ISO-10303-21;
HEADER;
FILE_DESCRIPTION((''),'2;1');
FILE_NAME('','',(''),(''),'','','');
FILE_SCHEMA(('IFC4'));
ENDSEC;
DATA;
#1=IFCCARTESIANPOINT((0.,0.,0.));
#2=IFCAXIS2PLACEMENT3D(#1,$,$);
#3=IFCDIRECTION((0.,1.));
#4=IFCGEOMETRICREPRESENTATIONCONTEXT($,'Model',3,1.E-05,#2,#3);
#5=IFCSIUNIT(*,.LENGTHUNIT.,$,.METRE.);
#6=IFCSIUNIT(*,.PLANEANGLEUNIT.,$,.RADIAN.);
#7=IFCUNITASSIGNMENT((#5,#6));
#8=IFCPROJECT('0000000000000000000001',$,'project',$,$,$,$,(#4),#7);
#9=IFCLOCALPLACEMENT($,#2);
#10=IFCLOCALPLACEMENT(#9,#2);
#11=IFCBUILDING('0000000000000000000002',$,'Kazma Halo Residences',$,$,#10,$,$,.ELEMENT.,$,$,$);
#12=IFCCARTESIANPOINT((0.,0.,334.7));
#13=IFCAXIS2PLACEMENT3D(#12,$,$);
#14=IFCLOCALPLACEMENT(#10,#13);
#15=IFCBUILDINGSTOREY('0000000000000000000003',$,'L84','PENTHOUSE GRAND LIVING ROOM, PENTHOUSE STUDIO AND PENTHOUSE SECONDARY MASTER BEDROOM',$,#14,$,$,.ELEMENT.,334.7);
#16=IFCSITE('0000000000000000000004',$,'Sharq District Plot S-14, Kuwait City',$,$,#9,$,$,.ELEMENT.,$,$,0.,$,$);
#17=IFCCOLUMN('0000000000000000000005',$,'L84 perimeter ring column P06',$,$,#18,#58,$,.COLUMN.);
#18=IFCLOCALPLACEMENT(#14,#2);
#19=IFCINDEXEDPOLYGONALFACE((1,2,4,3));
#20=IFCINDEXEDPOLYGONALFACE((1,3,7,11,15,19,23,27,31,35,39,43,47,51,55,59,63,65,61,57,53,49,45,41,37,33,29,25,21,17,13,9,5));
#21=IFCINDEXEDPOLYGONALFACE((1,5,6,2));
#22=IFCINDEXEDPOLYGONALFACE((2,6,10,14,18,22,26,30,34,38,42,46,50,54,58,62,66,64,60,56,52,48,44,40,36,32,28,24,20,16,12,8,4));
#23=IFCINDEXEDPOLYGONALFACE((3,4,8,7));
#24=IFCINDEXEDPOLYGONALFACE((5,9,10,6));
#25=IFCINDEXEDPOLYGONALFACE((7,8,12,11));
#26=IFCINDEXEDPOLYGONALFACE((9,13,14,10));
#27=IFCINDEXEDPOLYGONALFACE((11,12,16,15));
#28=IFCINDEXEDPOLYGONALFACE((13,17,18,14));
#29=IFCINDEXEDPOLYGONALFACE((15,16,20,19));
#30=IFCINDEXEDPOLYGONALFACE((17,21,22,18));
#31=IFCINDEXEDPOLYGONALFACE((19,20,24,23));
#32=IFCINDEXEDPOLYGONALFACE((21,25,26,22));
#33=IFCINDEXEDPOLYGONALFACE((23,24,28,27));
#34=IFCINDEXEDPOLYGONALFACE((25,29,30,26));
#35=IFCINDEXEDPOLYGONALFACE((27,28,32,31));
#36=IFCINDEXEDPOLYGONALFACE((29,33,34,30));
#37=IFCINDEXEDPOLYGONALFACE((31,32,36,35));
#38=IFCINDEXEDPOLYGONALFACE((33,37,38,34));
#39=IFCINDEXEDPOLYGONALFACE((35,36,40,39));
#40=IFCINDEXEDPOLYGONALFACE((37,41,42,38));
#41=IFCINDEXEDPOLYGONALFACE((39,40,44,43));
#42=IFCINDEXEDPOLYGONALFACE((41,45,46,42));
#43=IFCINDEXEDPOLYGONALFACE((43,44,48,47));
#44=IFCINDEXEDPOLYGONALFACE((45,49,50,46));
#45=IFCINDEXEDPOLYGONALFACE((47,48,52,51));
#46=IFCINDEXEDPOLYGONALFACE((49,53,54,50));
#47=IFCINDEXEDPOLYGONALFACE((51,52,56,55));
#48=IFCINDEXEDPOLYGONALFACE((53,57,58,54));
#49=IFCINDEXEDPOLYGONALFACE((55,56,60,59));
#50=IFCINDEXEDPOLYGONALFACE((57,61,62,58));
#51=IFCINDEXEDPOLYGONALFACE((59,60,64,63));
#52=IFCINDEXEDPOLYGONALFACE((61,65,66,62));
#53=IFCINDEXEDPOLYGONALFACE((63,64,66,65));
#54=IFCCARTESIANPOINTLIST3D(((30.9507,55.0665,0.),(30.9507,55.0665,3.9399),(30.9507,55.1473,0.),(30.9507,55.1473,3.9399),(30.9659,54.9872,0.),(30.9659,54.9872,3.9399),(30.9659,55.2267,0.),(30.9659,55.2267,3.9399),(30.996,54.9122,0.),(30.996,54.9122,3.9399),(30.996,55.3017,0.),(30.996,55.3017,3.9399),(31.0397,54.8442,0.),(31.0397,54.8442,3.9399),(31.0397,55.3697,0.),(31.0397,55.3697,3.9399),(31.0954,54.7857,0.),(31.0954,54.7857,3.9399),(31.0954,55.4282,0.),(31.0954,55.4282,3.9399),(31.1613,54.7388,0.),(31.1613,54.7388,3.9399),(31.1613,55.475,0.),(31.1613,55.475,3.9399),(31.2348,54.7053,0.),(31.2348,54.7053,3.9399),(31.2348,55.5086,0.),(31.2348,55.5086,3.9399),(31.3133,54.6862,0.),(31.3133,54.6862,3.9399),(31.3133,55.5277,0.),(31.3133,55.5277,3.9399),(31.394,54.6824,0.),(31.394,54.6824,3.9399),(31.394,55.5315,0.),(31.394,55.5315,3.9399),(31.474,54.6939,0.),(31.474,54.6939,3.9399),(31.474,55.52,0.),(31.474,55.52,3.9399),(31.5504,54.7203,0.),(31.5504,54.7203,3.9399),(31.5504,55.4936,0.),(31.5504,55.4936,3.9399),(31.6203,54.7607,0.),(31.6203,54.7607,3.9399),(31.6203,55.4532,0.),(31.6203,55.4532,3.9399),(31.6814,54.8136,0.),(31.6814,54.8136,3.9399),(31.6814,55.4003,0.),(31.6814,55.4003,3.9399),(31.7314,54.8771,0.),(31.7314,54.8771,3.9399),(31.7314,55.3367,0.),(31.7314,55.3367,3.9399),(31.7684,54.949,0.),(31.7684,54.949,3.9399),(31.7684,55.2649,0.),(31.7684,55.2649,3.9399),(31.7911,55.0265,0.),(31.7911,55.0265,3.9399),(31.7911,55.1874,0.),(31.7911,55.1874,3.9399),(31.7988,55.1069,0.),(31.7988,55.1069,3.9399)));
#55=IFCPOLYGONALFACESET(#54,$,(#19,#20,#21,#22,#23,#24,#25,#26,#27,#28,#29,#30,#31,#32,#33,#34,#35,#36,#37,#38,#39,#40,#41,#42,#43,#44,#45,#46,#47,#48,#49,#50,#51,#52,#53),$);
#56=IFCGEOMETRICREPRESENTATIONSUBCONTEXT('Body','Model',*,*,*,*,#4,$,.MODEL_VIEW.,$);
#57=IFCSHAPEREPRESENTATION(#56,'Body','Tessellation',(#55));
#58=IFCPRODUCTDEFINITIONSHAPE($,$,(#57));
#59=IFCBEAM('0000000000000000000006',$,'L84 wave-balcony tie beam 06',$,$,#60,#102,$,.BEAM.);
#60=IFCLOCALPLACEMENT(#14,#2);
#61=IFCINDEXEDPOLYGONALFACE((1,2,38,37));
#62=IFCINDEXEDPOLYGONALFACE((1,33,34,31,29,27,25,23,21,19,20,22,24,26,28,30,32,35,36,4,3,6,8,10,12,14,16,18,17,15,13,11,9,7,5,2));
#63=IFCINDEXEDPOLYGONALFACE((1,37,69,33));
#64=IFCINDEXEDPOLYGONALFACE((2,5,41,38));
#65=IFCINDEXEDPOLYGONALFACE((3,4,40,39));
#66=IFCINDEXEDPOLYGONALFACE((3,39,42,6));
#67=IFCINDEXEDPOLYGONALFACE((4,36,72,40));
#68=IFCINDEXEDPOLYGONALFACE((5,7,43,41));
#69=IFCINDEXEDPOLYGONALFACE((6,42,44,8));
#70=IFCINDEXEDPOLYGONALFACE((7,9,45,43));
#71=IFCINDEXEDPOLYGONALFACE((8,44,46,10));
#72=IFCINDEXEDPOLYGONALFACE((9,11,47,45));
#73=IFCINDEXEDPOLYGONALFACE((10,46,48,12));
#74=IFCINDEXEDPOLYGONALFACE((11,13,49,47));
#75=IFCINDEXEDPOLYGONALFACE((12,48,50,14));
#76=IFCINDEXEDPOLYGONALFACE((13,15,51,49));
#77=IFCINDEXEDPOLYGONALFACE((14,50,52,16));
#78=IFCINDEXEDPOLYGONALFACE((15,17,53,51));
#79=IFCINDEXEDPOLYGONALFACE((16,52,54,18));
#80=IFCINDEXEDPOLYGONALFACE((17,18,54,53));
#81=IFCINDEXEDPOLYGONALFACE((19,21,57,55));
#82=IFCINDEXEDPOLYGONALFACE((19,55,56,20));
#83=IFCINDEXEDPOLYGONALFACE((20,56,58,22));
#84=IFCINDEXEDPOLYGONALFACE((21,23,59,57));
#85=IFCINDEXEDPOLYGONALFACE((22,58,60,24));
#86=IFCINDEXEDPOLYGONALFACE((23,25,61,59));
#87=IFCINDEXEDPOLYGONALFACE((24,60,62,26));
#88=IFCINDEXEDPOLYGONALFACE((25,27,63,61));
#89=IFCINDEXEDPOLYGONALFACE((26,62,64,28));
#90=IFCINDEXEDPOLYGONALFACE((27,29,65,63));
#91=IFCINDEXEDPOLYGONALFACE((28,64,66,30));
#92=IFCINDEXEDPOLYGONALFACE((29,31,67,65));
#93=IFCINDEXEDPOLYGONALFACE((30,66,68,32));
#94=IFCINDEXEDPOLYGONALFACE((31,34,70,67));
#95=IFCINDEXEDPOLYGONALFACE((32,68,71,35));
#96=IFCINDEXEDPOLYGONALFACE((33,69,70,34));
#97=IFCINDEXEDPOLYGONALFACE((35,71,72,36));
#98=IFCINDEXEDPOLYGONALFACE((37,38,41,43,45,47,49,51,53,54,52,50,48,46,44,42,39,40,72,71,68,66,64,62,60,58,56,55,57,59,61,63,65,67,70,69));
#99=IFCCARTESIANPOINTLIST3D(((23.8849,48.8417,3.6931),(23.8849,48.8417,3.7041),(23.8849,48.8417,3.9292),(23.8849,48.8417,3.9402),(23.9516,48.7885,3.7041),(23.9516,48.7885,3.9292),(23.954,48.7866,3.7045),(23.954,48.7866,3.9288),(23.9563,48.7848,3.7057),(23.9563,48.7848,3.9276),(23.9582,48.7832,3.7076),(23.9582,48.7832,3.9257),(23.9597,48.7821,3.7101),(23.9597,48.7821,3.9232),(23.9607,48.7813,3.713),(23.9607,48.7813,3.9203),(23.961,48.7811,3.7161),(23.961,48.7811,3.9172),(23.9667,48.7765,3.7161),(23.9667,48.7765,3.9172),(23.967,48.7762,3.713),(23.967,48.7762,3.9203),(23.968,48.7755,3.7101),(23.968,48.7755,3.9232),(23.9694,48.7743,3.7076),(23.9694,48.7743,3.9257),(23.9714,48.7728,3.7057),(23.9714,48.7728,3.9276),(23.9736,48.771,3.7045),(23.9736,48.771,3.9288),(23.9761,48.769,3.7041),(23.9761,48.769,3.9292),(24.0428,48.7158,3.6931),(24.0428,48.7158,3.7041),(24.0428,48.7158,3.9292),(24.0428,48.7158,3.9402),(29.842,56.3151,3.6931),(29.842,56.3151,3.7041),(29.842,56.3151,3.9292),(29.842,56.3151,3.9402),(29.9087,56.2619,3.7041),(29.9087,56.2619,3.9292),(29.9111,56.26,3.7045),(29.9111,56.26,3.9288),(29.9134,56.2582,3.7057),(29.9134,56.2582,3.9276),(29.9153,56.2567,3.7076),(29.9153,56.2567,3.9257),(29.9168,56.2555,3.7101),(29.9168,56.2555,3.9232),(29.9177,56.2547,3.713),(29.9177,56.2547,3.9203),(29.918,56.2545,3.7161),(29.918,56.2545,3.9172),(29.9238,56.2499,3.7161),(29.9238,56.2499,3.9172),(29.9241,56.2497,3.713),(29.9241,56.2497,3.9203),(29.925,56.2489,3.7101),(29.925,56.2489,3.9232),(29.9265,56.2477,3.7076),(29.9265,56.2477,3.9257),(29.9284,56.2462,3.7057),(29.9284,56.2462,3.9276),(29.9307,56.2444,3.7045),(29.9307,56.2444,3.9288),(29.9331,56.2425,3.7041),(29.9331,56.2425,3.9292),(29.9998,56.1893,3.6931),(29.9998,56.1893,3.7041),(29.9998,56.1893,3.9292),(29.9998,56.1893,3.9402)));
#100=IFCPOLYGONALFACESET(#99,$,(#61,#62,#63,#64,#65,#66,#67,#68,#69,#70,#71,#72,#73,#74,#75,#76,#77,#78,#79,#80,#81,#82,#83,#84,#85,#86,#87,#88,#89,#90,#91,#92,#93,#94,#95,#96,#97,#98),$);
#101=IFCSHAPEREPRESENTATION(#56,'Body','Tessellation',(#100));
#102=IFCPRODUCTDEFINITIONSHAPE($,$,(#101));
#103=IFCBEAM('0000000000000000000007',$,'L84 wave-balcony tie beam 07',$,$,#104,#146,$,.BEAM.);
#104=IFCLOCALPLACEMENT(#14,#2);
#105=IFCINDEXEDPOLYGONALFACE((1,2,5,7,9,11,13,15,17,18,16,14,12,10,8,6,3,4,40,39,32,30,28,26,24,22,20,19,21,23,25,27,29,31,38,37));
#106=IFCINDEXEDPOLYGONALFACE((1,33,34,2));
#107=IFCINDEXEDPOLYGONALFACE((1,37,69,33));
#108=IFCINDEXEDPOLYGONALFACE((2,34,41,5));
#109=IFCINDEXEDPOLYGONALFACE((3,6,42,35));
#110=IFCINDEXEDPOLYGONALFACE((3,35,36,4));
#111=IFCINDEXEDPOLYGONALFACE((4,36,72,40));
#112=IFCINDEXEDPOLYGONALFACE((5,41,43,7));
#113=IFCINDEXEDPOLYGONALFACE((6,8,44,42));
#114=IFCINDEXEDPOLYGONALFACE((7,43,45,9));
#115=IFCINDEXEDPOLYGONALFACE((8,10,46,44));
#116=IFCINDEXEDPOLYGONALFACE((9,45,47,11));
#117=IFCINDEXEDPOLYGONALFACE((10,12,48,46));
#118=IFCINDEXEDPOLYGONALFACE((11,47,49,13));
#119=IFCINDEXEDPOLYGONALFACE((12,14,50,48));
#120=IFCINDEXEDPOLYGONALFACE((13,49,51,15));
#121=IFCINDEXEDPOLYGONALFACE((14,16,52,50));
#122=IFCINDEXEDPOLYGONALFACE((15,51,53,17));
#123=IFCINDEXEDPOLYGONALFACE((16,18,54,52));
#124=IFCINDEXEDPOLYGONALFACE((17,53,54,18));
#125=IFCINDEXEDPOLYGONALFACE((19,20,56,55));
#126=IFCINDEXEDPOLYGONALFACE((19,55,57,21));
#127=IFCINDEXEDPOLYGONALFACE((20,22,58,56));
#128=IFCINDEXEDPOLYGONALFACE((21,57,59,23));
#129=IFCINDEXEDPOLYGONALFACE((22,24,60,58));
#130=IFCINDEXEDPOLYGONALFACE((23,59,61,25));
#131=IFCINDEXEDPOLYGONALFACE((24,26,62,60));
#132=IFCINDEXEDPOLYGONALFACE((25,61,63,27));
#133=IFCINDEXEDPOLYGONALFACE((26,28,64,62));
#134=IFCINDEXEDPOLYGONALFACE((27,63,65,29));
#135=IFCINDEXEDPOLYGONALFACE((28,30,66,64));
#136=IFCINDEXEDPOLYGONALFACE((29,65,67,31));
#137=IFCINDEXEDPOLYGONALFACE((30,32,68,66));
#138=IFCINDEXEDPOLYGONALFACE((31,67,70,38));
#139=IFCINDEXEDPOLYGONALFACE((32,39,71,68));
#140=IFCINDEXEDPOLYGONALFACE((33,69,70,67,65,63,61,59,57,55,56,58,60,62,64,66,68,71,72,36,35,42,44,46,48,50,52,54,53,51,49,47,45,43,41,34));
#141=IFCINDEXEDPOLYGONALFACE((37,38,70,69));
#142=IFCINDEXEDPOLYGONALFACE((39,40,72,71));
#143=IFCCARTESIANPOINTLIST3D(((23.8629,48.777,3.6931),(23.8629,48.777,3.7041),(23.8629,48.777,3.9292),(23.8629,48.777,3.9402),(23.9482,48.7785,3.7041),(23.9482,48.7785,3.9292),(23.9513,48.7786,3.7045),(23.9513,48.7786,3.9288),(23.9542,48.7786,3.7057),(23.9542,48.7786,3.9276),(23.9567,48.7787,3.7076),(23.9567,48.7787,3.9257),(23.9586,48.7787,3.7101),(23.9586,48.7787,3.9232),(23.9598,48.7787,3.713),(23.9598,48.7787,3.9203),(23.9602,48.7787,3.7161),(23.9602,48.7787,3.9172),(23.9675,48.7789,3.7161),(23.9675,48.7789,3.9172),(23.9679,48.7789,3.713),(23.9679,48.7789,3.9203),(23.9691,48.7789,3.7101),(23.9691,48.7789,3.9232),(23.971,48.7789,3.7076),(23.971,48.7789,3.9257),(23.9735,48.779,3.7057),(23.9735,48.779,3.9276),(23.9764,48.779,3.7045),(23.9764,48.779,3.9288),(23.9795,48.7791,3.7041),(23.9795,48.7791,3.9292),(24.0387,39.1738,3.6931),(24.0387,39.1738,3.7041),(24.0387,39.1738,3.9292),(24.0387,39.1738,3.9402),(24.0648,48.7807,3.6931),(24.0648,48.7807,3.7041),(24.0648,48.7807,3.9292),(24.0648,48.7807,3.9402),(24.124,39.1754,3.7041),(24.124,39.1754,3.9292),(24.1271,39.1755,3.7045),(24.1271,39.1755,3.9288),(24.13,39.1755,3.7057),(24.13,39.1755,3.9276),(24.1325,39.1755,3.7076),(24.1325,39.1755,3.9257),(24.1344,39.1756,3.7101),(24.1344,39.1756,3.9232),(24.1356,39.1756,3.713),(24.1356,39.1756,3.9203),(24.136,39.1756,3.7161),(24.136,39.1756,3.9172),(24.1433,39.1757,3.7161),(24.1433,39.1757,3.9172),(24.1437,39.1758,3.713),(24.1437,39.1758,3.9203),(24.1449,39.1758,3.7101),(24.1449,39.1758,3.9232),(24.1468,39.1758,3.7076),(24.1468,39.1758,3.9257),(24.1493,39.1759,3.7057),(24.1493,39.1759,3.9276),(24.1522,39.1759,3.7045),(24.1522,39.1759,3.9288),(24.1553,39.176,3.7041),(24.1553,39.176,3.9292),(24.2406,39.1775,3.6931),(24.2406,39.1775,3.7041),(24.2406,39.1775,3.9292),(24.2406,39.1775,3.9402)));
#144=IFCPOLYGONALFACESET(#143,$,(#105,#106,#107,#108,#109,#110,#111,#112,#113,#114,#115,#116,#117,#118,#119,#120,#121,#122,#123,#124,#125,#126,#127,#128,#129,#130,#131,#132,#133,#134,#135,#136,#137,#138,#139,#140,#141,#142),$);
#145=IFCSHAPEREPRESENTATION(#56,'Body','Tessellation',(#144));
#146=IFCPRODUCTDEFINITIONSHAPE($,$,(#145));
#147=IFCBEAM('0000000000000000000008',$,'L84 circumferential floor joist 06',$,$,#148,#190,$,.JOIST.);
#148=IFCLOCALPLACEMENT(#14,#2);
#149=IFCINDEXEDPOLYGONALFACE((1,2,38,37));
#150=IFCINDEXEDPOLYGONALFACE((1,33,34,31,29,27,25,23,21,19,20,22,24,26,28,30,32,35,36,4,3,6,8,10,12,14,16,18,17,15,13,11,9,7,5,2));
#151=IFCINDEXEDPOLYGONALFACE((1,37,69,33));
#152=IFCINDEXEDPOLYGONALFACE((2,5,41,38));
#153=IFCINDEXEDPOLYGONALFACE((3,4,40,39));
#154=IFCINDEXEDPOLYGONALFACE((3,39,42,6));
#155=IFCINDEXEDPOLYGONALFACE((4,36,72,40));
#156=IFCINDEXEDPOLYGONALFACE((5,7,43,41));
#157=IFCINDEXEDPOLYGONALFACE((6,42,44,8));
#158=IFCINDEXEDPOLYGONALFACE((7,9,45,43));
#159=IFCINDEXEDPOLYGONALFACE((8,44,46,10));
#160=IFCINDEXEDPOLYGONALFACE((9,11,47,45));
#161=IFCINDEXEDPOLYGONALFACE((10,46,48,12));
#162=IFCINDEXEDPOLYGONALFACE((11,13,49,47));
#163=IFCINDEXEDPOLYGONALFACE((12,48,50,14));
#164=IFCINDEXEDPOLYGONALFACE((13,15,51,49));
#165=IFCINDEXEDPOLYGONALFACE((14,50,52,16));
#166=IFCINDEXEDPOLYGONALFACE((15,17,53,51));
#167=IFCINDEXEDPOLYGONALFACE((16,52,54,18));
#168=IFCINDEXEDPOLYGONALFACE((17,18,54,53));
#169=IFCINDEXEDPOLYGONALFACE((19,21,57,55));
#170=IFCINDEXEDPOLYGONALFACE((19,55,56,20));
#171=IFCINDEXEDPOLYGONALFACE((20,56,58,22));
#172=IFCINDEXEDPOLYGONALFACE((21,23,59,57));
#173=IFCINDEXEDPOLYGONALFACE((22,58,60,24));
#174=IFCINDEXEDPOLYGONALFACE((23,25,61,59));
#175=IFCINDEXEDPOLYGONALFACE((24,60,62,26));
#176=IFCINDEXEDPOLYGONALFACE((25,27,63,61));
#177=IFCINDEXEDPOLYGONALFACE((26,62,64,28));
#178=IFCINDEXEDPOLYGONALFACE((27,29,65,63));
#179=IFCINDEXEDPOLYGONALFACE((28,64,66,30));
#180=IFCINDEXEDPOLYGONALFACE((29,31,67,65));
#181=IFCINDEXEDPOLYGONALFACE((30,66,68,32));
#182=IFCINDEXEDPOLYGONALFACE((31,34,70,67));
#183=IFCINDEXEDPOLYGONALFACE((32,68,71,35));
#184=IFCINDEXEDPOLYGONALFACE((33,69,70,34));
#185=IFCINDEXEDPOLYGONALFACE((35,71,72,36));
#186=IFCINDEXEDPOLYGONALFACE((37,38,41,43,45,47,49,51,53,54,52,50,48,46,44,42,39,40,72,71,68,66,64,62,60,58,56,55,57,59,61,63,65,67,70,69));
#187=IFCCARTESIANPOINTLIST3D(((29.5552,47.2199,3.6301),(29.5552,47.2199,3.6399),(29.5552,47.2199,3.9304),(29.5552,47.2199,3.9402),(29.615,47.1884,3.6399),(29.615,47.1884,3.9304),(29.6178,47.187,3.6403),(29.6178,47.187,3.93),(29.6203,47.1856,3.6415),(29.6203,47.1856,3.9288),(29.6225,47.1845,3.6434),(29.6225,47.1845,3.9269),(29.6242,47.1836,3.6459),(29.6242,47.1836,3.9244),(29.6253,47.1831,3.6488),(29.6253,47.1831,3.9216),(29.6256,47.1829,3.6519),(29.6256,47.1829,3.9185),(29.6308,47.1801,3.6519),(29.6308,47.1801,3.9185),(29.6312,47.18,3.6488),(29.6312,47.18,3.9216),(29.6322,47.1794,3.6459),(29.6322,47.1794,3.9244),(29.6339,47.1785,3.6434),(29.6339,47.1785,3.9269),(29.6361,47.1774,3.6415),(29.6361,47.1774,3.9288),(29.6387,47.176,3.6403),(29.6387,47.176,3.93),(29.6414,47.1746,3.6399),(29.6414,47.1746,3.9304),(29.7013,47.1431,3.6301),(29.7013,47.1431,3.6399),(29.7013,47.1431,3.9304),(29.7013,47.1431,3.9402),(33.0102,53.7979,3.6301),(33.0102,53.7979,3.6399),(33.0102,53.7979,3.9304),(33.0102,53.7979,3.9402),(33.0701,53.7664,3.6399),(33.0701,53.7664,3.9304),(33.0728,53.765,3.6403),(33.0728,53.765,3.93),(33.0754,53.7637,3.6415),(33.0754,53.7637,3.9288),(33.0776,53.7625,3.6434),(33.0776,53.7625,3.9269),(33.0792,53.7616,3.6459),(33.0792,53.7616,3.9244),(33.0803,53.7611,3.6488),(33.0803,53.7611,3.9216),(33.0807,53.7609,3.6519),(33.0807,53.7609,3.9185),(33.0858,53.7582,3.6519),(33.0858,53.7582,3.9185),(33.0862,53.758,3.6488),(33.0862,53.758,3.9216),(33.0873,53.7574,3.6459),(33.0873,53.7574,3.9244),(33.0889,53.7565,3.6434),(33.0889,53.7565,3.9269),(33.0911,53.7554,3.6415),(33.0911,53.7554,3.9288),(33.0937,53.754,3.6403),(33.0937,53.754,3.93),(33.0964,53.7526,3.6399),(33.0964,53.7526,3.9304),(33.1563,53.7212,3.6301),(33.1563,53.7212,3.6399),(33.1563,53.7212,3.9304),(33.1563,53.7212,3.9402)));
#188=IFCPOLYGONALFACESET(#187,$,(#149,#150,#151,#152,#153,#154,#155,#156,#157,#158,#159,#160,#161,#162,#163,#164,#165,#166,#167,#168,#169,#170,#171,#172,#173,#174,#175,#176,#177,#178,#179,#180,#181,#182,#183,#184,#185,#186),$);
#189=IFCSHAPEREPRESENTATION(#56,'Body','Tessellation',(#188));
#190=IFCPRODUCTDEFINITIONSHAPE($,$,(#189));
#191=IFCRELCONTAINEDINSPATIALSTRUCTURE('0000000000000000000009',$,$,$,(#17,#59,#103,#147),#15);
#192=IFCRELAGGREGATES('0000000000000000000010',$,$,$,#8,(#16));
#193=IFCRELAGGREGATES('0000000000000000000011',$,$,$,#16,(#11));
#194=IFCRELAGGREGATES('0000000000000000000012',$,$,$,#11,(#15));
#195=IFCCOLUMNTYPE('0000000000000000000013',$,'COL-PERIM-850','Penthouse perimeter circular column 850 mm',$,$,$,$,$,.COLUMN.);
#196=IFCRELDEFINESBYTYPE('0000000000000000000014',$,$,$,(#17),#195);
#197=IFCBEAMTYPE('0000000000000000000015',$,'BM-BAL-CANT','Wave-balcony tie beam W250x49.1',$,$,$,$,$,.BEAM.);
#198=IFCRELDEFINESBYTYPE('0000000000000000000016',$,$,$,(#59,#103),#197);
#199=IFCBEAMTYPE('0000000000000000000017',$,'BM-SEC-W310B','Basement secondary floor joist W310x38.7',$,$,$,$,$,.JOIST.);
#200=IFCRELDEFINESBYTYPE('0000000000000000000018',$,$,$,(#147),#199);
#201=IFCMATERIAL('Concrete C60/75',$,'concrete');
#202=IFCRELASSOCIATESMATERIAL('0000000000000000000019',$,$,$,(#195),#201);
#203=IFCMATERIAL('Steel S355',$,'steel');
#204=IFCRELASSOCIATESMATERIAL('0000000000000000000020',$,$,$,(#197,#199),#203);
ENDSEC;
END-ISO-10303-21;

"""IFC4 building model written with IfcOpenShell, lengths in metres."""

from ifc_helpers import new_model, si_unit, direction, frame, origin, origin_2d, place, context, subcontext, project, spatial, circle, i_section, extrude, material, material_profile, profile_set, type_object, element, save


model = new_model("IFC4")

# Units and contexts
model_context = context("Model", 3, precision=1e-05, world=origin(), true_north=direction((0.0, 1.0)))
body_context = subcontext(model_context, "Body", "Model", "MODEL_VIEW")
ifc_project = project(units=[si_unit("LENGTHUNIT", "METRE"), si_unit("PLANEANGLEUNIT", "RADIAN")], contexts=[model_context])

# Site, building, storey
site_placement = place(None, origin())
site = spatial("IfcSite", under=ifc_project, at=site_placement, Name="Sharq District Plot S-14, Kuwait City", CompositionType="ELEMENT", RefElevation=0.0)
building_placement = place(site_placement, origin())
building = spatial("IfcBuilding", under=site, at=building_placement, Name="Kazma Halo Residences", CompositionType="ELEMENT")
storey_placement = place(building_placement, frame((0.0, 0.0, 334.7)))
storey = spatial("IfcBuildingStorey", under=building, at=storey_placement, Name="L84", Description="PENTHOUSE GRAND LIVING ROOM, PENTHOUSE STUDIO AND PENTHOUSE SECONDARY MASTER BEDROOM", CompositionType="ELEMENT", Elevation=334.7)

# Column
ifc_material_1 = material(Name="Concrete C60/75", Category="concrete")
ifc_material_profile_1 = material_profile(ifc_material_1, circle(Radius=0.425, at=origin_2d()), Name="CIRC850")
ifc_profile_set_1 = profile_set([ifc_material_profile_1], Name="Concrete C60/75")
column_type = type_object("IfcColumnType", Name="COL-PERIM-850", Description="Penthouse perimeter circular column 850 mm", PredefinedType="COLUMN", material=ifc_profile_set_1)
column_placement = place(storey_placement, frame((31.3738, 55.1069, 0.0), z_axis=(0.0, 0.0, 1.0), x_axis=(1.0, 0.0, 0.0)))
element("IfcColumn", 1, at=column_placement, inside=storey, type_object=column_type, Name="L84 perimeter ring column P06", PredefinedType="COLUMN", context=body_context, shape_type="SweptSolid", body=[
    extrude(circle(Radius=0.425, at=origin_2d()), origin(), (0.0, 0.0, 1.0), 3.9399),
])

# Beams
ifc_material_2 = material(Name="Steel S355", Category="steel")
ifc_material_profile_2 = material_profile(ifc_material_2, i_section(OverallWidth=0.2019, OverallDepth=0.2471, WebThickness=0.0073, FlangeThickness=0.011, FilletRadius=0.012, at=origin_2d()), Name="W250x49.1")
ifc_profile_set_2 = profile_set([ifc_material_profile_2], Name="Steel S355")
beam_type_1 = type_object("IfcBeamType", Name="BM-BAL-CANT", Description="Wave-balcony tie beam W250x49.1", PredefinedType="BEAM", material=ifc_profile_set_2)
beam_1_placement = place(storey_placement, frame((29.9209, 56.2522, 3.8167), z_axis=(-0.623311, -0.781974, 0.0), x_axis=(0.781974, -0.623311, 0.0)))
element("IfcBeam", 2, at=beam_1_placement, inside=storey, type_object=beam_type_1, Name="L84 wave-balcony tie beam 06", PredefinedType="BEAM", context=body_context, shape_type="SweptSolid", body=[
    extrude(i_section(OverallWidth=0.2019, OverallDepth=0.2471, WebThickness=0.0073, FlangeThickness=0.011, FilletRadius=0.012, at=origin_2d()), origin(), (0.0, 0.0, 1.0), 9.5571),
])
beam_2_placement = place(storey_placement, frame((23.9639, 48.7788, 3.8167), z_axis=(0.018302, -0.999833, 0.0), x_axis=(0.999833, 0.018302, 0.0)))
element("IfcBeam", 3, at=beam_2_placement, inside=storey, type_object=beam_type_1, Name="L84 wave-balcony tie beam 07", PredefinedType="BEAM", context=body_context, shape_type="SweptSolid", body=[
    extrude(i_section(OverallWidth=0.2019, OverallDepth=0.2471, WebThickness=0.0073, FlangeThickness=0.011, FilletRadius=0.012, at=origin_2d()), origin(), (0.0, 0.0, 1.0), 9.6047),
])
ifc_material_profile_3 = material_profile(ifc_material_2, i_section(OverallWidth=0.165, OverallDepth=0.3101, WebThickness=0.0059, FlangeThickness=0.0098, FilletRadius=0.012, at=origin_2d()), Name="W310x38.7")
ifc_profile_set_3 = profile_set([ifc_material_profile_3], Name="Steel S355")
beam_type_2 = type_object("IfcBeamType", Name="BM-SEC-W310B", Description="Basement secondary floor joist W310x38.7", PredefinedType="JOIST", material=ifc_profile_set_3)
beam_3_placement = place(storey_placement, frame((33.0833, 53.7595, 3.7852), z_axis=(-0.464999, -0.885311, 0.0), x_axis=(0.885311, -0.464999, 0.0)))
element("IfcBeam", 4, at=beam_3_placement, inside=storey, type_object=beam_type_2, Name="L84 circumferential floor joist 06", PredefinedType="JOIST", context=body_context, shape_type="SweptSolid", body=[
    extrude(i_section(OverallWidth=0.165, OverallDepth=0.3101, WebThickness=0.0059, FlangeThickness=0.0098, FilletRadius=0.012, at=origin_2d()), origin(), (0.0, 0.0, 1.0), 7.4302),
])

save(model, "model.ifc")
